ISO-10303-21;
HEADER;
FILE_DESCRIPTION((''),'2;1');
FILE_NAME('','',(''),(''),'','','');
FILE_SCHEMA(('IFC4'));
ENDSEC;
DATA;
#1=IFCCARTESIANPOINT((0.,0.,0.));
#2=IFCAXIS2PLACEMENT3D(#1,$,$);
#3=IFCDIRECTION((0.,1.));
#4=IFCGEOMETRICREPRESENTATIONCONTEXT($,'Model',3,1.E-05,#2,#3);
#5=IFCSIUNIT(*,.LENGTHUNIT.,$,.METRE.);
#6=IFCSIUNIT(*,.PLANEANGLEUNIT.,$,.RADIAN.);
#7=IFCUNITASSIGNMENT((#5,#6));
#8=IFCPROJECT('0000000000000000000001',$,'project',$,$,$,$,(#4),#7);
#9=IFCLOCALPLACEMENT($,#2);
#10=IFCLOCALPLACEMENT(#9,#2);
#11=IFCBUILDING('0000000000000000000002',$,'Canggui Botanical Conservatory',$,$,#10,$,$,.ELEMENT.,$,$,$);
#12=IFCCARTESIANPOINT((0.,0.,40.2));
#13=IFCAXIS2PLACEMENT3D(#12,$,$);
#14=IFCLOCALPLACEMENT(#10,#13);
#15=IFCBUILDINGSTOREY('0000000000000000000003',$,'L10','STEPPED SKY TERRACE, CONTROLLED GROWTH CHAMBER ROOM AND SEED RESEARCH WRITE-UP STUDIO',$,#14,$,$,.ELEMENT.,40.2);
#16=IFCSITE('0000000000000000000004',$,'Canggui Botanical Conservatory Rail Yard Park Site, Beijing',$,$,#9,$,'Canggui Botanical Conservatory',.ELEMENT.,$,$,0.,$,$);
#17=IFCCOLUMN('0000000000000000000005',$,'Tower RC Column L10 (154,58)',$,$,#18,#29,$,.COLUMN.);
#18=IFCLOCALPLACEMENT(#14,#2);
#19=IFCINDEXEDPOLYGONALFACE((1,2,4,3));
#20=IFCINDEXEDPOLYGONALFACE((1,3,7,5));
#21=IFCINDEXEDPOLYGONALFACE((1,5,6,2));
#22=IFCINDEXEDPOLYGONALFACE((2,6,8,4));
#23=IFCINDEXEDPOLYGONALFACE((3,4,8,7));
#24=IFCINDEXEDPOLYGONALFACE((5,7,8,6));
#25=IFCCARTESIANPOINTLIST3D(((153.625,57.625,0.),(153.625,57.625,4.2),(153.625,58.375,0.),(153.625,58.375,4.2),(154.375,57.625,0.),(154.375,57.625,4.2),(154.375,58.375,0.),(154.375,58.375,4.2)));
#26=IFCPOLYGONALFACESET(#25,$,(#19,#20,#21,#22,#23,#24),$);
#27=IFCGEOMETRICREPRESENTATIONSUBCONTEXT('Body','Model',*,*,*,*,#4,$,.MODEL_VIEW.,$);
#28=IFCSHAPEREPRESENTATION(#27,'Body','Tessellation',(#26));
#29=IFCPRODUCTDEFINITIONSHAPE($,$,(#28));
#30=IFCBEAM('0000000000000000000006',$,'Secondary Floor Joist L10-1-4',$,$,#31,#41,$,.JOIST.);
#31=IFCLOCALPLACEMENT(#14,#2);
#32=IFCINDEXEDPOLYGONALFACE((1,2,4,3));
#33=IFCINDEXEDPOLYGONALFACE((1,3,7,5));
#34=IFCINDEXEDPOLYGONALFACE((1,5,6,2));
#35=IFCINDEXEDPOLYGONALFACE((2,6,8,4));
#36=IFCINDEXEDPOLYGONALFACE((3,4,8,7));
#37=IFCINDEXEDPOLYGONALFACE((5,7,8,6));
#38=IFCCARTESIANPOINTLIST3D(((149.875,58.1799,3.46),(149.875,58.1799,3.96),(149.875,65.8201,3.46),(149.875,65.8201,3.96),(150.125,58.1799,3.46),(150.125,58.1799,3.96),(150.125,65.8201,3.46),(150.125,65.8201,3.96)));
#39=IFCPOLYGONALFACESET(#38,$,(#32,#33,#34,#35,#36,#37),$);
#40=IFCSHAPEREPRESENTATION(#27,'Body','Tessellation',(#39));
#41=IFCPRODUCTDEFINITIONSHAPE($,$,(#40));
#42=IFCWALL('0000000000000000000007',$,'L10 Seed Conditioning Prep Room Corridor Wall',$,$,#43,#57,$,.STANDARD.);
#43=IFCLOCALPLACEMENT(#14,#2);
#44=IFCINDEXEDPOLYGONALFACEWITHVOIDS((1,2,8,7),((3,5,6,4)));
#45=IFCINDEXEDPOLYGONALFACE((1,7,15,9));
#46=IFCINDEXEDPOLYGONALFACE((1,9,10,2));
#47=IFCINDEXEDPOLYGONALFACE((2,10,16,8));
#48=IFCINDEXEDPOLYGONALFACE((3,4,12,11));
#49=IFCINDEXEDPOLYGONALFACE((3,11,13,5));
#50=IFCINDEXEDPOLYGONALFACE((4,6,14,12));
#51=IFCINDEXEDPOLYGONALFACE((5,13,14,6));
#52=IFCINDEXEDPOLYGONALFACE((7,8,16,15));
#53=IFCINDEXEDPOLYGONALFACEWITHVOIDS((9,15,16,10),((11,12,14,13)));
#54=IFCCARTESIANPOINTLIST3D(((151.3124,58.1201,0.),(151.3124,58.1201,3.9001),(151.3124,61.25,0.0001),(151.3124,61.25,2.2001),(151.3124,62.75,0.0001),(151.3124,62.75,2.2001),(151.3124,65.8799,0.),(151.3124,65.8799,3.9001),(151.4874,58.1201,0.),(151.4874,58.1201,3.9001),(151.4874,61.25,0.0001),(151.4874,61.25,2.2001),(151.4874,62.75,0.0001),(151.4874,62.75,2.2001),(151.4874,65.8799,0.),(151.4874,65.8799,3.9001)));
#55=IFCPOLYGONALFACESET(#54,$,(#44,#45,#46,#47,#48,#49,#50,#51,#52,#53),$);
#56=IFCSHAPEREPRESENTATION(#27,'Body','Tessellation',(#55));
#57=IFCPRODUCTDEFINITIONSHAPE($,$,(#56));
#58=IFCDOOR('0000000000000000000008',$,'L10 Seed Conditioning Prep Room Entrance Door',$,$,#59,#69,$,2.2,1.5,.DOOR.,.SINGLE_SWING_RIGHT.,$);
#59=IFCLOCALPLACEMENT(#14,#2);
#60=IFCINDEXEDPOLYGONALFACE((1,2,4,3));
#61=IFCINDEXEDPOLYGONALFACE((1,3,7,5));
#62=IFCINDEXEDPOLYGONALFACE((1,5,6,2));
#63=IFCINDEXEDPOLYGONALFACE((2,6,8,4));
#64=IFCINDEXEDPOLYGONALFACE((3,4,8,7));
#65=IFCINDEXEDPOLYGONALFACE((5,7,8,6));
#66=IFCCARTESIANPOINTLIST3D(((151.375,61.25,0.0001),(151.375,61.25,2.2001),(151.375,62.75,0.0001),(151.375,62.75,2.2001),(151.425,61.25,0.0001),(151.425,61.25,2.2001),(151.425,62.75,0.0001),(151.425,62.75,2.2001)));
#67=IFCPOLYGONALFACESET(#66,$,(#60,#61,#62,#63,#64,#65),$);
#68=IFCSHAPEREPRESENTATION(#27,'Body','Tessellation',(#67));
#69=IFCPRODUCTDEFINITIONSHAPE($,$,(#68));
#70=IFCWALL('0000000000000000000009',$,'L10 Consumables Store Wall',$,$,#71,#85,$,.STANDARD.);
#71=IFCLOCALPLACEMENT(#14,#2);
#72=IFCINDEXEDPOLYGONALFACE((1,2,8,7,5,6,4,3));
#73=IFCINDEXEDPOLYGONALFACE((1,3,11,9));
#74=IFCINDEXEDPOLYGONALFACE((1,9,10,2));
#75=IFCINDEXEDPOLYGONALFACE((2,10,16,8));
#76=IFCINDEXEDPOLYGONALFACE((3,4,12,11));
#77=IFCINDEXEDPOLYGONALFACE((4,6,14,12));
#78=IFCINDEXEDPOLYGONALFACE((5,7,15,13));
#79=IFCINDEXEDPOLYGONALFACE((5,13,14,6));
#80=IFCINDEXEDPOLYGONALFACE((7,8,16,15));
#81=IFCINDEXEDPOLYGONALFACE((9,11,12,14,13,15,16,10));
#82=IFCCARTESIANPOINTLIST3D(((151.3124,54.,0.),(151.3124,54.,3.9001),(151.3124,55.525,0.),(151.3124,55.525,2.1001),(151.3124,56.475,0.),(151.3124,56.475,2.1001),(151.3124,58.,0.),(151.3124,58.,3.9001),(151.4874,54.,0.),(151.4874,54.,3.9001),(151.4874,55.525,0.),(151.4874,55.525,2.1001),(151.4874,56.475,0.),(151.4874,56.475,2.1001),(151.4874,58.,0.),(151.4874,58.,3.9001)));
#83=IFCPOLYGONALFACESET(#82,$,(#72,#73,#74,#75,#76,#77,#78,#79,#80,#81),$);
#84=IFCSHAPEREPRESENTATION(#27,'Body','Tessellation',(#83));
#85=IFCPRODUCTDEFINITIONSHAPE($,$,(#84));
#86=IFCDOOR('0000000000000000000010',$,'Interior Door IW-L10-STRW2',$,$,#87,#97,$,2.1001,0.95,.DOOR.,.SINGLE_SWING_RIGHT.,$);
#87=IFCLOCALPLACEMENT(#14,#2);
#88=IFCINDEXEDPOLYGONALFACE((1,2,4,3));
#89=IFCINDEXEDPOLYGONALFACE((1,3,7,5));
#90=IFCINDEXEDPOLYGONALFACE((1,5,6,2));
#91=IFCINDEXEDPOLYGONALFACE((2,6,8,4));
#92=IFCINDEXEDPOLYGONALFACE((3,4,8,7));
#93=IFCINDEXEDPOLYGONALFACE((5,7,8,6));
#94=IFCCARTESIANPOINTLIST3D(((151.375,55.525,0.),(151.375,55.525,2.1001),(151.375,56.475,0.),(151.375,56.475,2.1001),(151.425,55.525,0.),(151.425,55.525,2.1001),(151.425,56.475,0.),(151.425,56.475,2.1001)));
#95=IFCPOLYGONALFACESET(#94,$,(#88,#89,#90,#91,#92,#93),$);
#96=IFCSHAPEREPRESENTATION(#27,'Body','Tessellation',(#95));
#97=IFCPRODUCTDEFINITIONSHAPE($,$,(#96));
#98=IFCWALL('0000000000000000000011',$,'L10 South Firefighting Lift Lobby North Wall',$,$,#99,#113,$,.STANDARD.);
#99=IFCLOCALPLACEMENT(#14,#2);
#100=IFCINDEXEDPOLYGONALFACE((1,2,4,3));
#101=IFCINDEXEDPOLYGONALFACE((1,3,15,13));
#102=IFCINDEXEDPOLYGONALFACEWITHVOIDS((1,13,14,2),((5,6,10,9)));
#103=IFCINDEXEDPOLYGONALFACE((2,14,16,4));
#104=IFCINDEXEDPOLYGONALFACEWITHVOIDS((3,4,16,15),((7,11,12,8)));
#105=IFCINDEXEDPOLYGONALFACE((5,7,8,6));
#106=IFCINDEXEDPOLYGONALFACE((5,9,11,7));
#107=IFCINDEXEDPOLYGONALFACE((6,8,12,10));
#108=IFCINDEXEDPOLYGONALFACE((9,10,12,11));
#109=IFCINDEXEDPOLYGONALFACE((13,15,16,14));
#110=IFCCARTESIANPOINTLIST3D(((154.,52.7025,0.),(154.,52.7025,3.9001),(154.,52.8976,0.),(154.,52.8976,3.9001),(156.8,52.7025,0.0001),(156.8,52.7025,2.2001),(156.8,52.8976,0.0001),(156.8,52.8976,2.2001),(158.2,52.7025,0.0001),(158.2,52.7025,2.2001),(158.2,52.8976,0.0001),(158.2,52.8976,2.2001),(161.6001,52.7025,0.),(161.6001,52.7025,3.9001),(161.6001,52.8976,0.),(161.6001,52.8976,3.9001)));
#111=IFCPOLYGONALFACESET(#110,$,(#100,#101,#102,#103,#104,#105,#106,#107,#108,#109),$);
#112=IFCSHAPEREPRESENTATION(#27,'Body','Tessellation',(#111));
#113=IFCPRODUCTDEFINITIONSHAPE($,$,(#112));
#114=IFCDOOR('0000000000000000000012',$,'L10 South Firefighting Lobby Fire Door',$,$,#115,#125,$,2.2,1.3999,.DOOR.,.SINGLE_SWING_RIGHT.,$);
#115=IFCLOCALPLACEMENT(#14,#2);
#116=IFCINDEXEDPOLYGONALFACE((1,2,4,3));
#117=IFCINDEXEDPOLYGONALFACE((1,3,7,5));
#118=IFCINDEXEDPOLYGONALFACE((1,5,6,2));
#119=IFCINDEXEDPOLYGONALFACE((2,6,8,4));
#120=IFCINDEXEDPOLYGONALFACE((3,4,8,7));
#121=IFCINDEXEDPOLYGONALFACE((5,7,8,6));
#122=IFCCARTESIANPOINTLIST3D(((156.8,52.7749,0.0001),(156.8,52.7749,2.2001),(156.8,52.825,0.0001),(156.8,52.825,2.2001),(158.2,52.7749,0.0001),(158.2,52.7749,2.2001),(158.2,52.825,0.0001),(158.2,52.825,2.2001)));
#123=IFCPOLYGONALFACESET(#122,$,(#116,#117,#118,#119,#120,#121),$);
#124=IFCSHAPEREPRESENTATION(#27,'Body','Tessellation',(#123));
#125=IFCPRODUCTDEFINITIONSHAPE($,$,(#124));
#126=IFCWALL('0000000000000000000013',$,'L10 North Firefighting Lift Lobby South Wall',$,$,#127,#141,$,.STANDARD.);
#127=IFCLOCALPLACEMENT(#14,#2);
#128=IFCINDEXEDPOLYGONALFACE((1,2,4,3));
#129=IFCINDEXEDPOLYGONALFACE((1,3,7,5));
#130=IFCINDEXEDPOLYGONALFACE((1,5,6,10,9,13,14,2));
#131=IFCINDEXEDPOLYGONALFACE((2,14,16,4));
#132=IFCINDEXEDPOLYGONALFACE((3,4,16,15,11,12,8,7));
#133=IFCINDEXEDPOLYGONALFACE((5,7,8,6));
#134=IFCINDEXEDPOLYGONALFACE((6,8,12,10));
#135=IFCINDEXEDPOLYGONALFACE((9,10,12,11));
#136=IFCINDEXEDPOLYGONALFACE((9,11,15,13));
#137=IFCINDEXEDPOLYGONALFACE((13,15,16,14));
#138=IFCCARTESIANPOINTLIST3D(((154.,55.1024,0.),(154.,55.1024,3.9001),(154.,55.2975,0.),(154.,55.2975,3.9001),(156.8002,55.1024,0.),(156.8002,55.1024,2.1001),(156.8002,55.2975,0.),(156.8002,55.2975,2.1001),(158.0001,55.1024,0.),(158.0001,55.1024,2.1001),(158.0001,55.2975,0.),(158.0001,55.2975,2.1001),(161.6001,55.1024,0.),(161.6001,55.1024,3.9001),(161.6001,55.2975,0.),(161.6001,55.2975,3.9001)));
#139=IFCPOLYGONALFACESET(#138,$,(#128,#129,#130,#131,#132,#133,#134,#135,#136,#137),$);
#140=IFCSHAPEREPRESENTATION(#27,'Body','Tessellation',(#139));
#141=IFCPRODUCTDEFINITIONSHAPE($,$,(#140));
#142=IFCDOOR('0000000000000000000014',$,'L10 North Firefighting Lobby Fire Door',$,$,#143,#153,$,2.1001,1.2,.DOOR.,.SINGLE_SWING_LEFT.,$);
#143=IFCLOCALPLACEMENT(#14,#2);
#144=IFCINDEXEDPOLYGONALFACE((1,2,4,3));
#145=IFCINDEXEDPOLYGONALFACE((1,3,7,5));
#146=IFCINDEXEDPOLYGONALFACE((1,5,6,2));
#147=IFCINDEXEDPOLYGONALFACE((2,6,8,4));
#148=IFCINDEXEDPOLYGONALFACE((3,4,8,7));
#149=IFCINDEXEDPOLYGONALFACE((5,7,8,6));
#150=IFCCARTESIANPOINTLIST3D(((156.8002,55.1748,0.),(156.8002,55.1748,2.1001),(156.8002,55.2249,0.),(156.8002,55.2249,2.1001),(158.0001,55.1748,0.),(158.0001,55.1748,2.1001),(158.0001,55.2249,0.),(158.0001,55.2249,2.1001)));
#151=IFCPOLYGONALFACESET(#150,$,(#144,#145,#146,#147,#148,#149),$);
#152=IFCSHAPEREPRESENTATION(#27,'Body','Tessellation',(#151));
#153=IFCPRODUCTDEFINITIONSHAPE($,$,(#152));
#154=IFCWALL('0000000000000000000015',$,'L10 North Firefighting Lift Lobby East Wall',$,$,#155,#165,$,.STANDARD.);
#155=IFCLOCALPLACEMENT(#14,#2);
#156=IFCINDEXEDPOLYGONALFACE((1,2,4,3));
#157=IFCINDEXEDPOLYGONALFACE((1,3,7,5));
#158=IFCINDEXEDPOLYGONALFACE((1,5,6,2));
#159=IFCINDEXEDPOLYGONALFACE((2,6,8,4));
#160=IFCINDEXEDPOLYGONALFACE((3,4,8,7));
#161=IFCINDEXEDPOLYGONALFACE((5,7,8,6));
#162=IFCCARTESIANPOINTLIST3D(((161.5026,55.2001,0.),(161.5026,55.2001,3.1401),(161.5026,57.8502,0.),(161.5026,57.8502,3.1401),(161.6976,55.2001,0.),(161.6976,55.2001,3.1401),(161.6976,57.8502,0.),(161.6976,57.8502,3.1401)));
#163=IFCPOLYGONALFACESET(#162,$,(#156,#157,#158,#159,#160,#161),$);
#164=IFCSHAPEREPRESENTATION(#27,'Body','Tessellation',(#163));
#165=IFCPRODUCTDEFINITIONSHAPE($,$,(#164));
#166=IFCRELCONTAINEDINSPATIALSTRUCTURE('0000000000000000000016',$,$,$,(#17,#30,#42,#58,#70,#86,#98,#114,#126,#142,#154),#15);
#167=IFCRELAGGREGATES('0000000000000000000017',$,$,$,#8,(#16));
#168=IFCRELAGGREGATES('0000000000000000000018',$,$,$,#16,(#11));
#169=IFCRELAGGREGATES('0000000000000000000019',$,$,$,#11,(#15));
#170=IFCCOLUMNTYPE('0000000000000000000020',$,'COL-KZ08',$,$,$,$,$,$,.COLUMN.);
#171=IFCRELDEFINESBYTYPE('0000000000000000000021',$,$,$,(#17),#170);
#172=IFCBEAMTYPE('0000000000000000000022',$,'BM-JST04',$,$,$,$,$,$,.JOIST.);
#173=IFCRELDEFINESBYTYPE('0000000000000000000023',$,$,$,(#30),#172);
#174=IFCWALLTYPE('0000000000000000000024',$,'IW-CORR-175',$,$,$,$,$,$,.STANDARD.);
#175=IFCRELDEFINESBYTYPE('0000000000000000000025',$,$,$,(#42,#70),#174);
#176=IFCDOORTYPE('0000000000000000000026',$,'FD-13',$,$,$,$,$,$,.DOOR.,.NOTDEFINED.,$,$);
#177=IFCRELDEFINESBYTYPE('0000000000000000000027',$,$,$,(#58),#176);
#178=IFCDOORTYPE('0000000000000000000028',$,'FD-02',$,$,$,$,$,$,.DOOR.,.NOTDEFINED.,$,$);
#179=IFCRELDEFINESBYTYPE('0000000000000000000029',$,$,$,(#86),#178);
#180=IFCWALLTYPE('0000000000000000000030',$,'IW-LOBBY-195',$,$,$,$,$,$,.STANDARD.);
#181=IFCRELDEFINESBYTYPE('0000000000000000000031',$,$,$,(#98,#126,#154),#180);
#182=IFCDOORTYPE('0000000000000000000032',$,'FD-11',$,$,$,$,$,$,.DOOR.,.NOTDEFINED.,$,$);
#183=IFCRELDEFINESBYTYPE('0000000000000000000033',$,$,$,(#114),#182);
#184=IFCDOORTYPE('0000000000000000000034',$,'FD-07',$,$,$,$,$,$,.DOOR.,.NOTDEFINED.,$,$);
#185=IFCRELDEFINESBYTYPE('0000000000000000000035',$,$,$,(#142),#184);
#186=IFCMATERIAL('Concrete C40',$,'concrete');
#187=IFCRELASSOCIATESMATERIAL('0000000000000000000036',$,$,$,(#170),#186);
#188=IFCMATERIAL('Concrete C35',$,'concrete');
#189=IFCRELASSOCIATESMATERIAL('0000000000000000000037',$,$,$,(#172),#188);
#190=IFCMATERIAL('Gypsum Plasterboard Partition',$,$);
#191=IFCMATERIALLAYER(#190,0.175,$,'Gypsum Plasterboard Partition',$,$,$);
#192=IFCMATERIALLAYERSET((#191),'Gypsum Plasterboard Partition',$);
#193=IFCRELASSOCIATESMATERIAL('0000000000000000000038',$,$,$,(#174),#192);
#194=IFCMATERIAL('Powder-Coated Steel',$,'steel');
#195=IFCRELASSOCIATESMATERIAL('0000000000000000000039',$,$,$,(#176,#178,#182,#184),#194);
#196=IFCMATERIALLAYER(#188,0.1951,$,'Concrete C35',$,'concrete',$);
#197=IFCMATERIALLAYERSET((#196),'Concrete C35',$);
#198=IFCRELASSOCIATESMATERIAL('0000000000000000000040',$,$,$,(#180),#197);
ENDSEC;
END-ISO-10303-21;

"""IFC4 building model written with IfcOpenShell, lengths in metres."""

from ifc_helpers import new_model, si_unit, direction, frame, frame_2d, origin, origin_2d, place, context, subcontext, project, spatial, rectangle, extrude, material, layer, layer_set, material_profile, profile_set, type_object, element, fill, save


model = new_model("IFC4")

# Units and contexts
model_context = context("Model", 3, precision=1e-05, world=origin(), true_north=direction((0.0, 1.0)))
body_context = subcontext(model_context, "Body", "Model", "MODEL_VIEW")
ifc_project = project(units=[si_unit("LENGTHUNIT", "METRE"), si_unit("PLANEANGLEUNIT", "RADIAN")], contexts=[model_context])

# Site, building, storey
site_placement = place(None, origin())
site = spatial("IfcSite", under=ifc_project, at=site_placement, Name="Canggui Botanical Conservatory Rail Yard Park Site, Beijing", LongName="Canggui Botanical Conservatory", CompositionType="ELEMENT", RefElevation=0.0)
building_placement = place(site_placement, origin())
building = spatial("IfcBuilding", under=site, at=building_placement, Name="Canggui Botanical Conservatory", CompositionType="ELEMENT")
storey_placement = place(building_placement, frame((0.0, 0.0, 40.2)))
storey = spatial("IfcBuildingStorey", under=building, at=storey_placement, Name="L10", Description="STEPPED SKY TERRACE, CONTROLLED GROWTH CHAMBER ROOM AND SEED RESEARCH WRITE-UP STUDIO", CompositionType="ELEMENT", Elevation=40.2)

# Column
ifc_material_1 = material(Name="Concrete C40", Category="concrete")
ifc_material_profile_1 = material_profile(ifc_material_1, rectangle(XDim=0.75, YDim=0.75, at=origin_2d()), Name="RC 750x750")
ifc_profile_set_1 = profile_set([ifc_material_profile_1], Name="Concrete C40")
column_type = type_object("IfcColumnType", Name="COL-KZ08", PredefinedType="COLUMN", material=ifc_profile_set_1)
column_placement = place(storey_placement, frame((154.0, 58.0, 0.0), z_axis=(0.0, 0.0, 1.0), x_axis=(1.0, 0.0, 0.0)))
element("IfcColumn", 1, at=column_placement, inside=storey, type_object=column_type, Name="Tower RC Column L10 (154,58)", PredefinedType="COLUMN", context=body_context, shape_type="SweptSolid", body=[
    extrude(rectangle(XDim=0.75, YDim=0.75, at=origin_2d()), origin(), (0.0, 0.0, 1.0), 4.2),
])

# Beam
ifc_material_2 = material(Name="Concrete C35", Category="concrete")
ifc_material_profile_2 = material_profile(ifc_material_2, rectangle(XDim=0.25, YDim=0.5, at=origin_2d()), Name="RB 250x500")
ifc_profile_set_2 = profile_set([ifc_material_profile_2], Name="Concrete C35")
beam_type = type_object("IfcBeamType", Name="BM-JST04", PredefinedType="JOIST", material=ifc_profile_set_2)
beam_placement = place(storey_placement, frame((150.0, 58.1799, 3.71), z_axis=(0.0, 1.0, 0.0), x_axis=(-1.0, 0.0, 0.0)))
element("IfcBeam", 2, at=beam_placement, inside=storey, type_object=beam_type, Name="Secondary Floor Joist L10-1-4", PredefinedType="JOIST", context=body_context, shape_type="SweptSolid", body=[
    extrude(rectangle(XDim=0.25, YDim=0.5, at=origin_2d()), origin(), (0.0, 0.0, 1.0), 7.6401),
])

# Walls, openings, doors
ifc_material_3 = material(Name="Gypsum Plasterboard Partition")
ifc_layer_1 = layer(ifc_material_3, 0.175, Name="Gypsum Plasterboard Partition")
ifc_layer_set_1 = layer_set([ifc_layer_1], Name="Gypsum Plasterboard Partition")
wall_type_1 = type_object("IfcWallType", Name="IW-CORR-175", PredefinedType="STANDARD", material=ifc_layer_set_1)
wall_1_placement = place(storey_placement, frame((151.3999, 58.1201, 0.0), z_axis=(0.0, 0.0, 1.0), x_axis=(0.0, 1.0, 0.0)))
wall_1 = element("IfcWall", 3, at=wall_1_placement, inside=storey, type_object=wall_type_1, Name="L10 Seed Conditioning Prep Room Corridor Wall", PredefinedType="STANDARD", context=body_context, shape_type="SweptSolid", body=[
    extrude(rectangle(XDim=7.7598, YDim=0.175, at=frame_2d((3.8799, 0.0))), origin(), (0.0, 0.0, 1.0), 3.9001),
])
opening_1_placement = place(wall_1_placement, frame((3.1299, 0.0, 0.0)))
opening_1 = element("IfcOpeningElement", 4, at=opening_1_placement, cuts=wall_1, PredefinedType="OPENING", context=body_context, shape_type="SweptSolid", body=[
    extrude(rectangle(XDim=1.5, YDim=2.2, at=frame_2d((0.75, 1.1001))), frame((0.0, 0.0977, 0.0), z_axis=(0.0, -1.0, 0.0), x_axis=(1.0, 0.0, 0.0)), (0.0, 0.0, 1.0), 0.1951),
])
ifc_material_4 = material(Name="Powder-Coated Steel", Category="steel")
door_type_1 = type_object("IfcDoorType", Name="FD-13", OperationType="NOTDEFINED", PredefinedType="DOOR", material=ifc_material_4)
door_1_placement = place(opening_1_placement, origin())
door_1 = element("IfcDoor", 5, at=door_1_placement, inside=storey, type_object=door_type_1, Name="L10 Seed Conditioning Prep Room Entrance Door", OperationType="SINGLE_SWING_RIGHT", OverallHeight=2.2, OverallWidth=1.5, PredefinedType="DOOR", context=body_context, shape_type="SweptSolid", body=[
    extrude(rectangle(XDim=1.5, YDim=2.2, at=frame_2d((0.75, 1.1001))), frame((0.0, 0.0249, 0.0), z_axis=(0.0, -1.0, 0.0), x_axis=(1.0, 0.0, 0.0)), (0.0, 0.0, 1.0), 0.05),
])
fill(opening_1, door_1)
wall_2_placement = place(storey_placement, frame((151.3999, 54.0, 0.0), z_axis=(0.0, 0.0, 1.0), x_axis=(0.0, 1.0, 0.0)))
wall_2 = element("IfcWall", 6, at=wall_2_placement, inside=storey, type_object=wall_type_1, Name="L10 Consumables Store Wall", PredefinedType="STANDARD", context=body_context, shape_type="SweptSolid", body=[
    extrude(rectangle(XDim=4.0, YDim=0.175, at=frame_2d((2.0, 0.0))), origin(), (0.0, 0.0, 1.0), 3.9001),
])
opening_2_placement = place(wall_2_placement, frame((1.5249, 0.0, 0.0)))
opening_2 = element("IfcOpeningElement", 7, at=opening_2_placement, cuts=wall_2, PredefinedType="OPENING", context=body_context, shape_type="SweptSolid", body=[
    extrude(rectangle(XDim=0.95, YDim=2.1001, at=frame_2d((0.4751, 1.05))), frame((0.0, 0.0977, 0.0), z_axis=(0.0, -1.0, 0.0), x_axis=(1.0, 0.0, 0.0)), (0.0, 0.0, 1.0), 0.1951),
])
door_type_2 = type_object("IfcDoorType", Name="FD-02", OperationType="NOTDEFINED", PredefinedType="DOOR", material=ifc_material_4)
door_2_placement = place(opening_2_placement, origin())
door_2 = element("IfcDoor", 8, at=door_2_placement, inside=storey, type_object=door_type_2, Name="Interior Door IW-L10-STRW2", OperationType="SINGLE_SWING_RIGHT", OverallHeight=2.1001, OverallWidth=0.95, PredefinedType="DOOR", context=body_context, shape_type="SweptSolid", body=[
    extrude(rectangle(XDim=0.95, YDim=2.1001, at=frame_2d((0.4751, 1.05))), frame((0.0, 0.0249, 0.0), z_axis=(0.0, -1.0, 0.0), x_axis=(1.0, 0.0, 0.0)), (0.0, 0.0, 1.0), 0.05),
])
fill(opening_2, door_2)
ifc_layer_2 = layer(ifc_material_2, 0.1951, Name="Concrete C35", Category="concrete")
ifc_layer_set_2 = layer_set([ifc_layer_2], Name="Concrete C35")
wall_type_2 = type_object("IfcWallType", Name="IW-LOBBY-195", PredefinedType="STANDARD", material=ifc_layer_set_2)
wall_3_placement = place(storey_placement, frame((154.0, 52.8, 0.0), z_axis=(0.0, 0.0, 1.0), x_axis=(1.0, 0.0, 0.0)))
wall_3 = element("IfcWall", 9, at=wall_3_placement, inside=storey, type_object=wall_type_2, Name="L10 South Firefighting Lift Lobby North Wall", PredefinedType="STANDARD", context=body_context, shape_type="SweptSolid", body=[
    extrude(rectangle(XDim=7.6001, YDim=0.1951, at=frame_2d((3.8, 0.0))), origin(), (0.0, 0.0, 1.0), 3.9001),
])
opening_3_placement = place(wall_3_placement, frame((2.8, 0.0, 0.0)))
opening_3 = element("IfcOpeningElement", 10, at=opening_3_placement, cuts=wall_3, PredefinedType="OPENING", context=body_context, shape_type="SweptSolid", body=[
    extrude(rectangle(XDim=1.3999, YDim=2.2, at=frame_2d((0.7, 1.1001))), frame((0.0, 0.1074, 0.0), z_axis=(0.0, -1.0, 0.0), x_axis=(1.0, 0.0, 0.0)), (0.0, 0.0, 1.0), 0.2151),
])
door_type_3 = type_object("IfcDoorType", Name="FD-11", OperationType="NOTDEFINED", PredefinedType="DOOR", material=ifc_material_4)
door_3_placement = place(opening_3_placement, origin())
door_3 = element("IfcDoor", 11, at=door_3_placement, inside=storey, type_object=door_type_3, Name="L10 South Firefighting Lobby Fire Door", OperationType="SINGLE_SWING_RIGHT", OverallHeight=2.2, OverallWidth=1.3999, PredefinedType="DOOR", context=body_context, shape_type="SweptSolid", body=[
    extrude(rectangle(XDim=1.3999, YDim=2.2, at=frame_2d((0.7, 1.1001))), frame((0.0, 0.0249, 0.0), z_axis=(0.0, -1.0, 0.0), x_axis=(1.0, 0.0, 0.0)), (0.0, 0.0, 1.0), 0.05),
])
fill(opening_3, door_3)
wall_4_placement = place(storey_placement, frame((154.0, 55.2, 0.0), z_axis=(0.0, 0.0, 1.0), x_axis=(1.0, 0.0, 0.0)))
wall_4 = element("IfcWall", 12, at=wall_4_placement, inside=storey, type_object=wall_type_2, Name="L10 North Firefighting Lift Lobby South Wall", PredefinedType="STANDARD", context=body_context, shape_type="SweptSolid", body=[
    extrude(rectangle(XDim=7.6001, YDim=0.1951, at=frame_2d((3.8, 0.0))), origin(), (0.0, 0.0, 1.0), 3.9001),
])
opening_4_placement = place(wall_4_placement, frame((2.8, 0.0, 0.0)))
opening_4 = element("IfcOpeningElement", 13, at=opening_4_placement, cuts=wall_4, PredefinedType="OPENING", context=body_context, shape_type="SweptSolid", body=[
    extrude(rectangle(XDim=1.2, YDim=2.1001, at=frame_2d((0.6001, 1.05))), frame((0.0, 0.1074, 0.0), z_axis=(0.0, -1.0, 0.0), x_axis=(1.0, 0.0, 0.0)), (0.0, 0.0, 1.0), 0.2151),
])
door_type_4 = type_object("IfcDoorType", Name="FD-07", OperationType="NOTDEFINED", PredefinedType="DOOR", material=ifc_material_4)
door_4_placement = place(opening_4_placement, origin())
door_4 = element("IfcDoor", 14, at=door_4_placement, inside=storey, type_object=door_type_4, Name="L10 North Firefighting Lobby Fire Door", OperationType="SINGLE_SWING_LEFT", OverallHeight=2.1001, OverallWidth=1.2, PredefinedType="DOOR", context=body_context, shape_type="SweptSolid", body=[
    extrude(rectangle(XDim=1.2, YDim=2.1001, at=frame_2d((0.6001, 1.05))), frame((0.0, 0.0249, 0.0), z_axis=(0.0, -1.0, 0.0), x_axis=(1.0, 0.0, 0.0)), (0.0, 0.0, 1.0), 0.05),
])
fill(opening_4, door_4)

# Wall
wall_5_placement = place(storey_placement, frame((161.6001, 55.2, 0.0), z_axis=(0.0, 0.0, 1.0), x_axis=(0.0, 1.0, 0.0)))
element("IfcWall", 15, at=wall_5_placement, inside=storey, type_object=wall_type_2, Name="L10 North Firefighting Lift Lobby East Wall", PredefinedType="STANDARD", context=body_context, shape_type="SweptSolid", body=[
    extrude(rectangle(XDim=2.6501, YDim=0.1951, at=frame_2d((1.3252, 0.0))), origin(), (0.0, 0.0, 1.0), 3.1401),
])

save(model, "model.ifc")
